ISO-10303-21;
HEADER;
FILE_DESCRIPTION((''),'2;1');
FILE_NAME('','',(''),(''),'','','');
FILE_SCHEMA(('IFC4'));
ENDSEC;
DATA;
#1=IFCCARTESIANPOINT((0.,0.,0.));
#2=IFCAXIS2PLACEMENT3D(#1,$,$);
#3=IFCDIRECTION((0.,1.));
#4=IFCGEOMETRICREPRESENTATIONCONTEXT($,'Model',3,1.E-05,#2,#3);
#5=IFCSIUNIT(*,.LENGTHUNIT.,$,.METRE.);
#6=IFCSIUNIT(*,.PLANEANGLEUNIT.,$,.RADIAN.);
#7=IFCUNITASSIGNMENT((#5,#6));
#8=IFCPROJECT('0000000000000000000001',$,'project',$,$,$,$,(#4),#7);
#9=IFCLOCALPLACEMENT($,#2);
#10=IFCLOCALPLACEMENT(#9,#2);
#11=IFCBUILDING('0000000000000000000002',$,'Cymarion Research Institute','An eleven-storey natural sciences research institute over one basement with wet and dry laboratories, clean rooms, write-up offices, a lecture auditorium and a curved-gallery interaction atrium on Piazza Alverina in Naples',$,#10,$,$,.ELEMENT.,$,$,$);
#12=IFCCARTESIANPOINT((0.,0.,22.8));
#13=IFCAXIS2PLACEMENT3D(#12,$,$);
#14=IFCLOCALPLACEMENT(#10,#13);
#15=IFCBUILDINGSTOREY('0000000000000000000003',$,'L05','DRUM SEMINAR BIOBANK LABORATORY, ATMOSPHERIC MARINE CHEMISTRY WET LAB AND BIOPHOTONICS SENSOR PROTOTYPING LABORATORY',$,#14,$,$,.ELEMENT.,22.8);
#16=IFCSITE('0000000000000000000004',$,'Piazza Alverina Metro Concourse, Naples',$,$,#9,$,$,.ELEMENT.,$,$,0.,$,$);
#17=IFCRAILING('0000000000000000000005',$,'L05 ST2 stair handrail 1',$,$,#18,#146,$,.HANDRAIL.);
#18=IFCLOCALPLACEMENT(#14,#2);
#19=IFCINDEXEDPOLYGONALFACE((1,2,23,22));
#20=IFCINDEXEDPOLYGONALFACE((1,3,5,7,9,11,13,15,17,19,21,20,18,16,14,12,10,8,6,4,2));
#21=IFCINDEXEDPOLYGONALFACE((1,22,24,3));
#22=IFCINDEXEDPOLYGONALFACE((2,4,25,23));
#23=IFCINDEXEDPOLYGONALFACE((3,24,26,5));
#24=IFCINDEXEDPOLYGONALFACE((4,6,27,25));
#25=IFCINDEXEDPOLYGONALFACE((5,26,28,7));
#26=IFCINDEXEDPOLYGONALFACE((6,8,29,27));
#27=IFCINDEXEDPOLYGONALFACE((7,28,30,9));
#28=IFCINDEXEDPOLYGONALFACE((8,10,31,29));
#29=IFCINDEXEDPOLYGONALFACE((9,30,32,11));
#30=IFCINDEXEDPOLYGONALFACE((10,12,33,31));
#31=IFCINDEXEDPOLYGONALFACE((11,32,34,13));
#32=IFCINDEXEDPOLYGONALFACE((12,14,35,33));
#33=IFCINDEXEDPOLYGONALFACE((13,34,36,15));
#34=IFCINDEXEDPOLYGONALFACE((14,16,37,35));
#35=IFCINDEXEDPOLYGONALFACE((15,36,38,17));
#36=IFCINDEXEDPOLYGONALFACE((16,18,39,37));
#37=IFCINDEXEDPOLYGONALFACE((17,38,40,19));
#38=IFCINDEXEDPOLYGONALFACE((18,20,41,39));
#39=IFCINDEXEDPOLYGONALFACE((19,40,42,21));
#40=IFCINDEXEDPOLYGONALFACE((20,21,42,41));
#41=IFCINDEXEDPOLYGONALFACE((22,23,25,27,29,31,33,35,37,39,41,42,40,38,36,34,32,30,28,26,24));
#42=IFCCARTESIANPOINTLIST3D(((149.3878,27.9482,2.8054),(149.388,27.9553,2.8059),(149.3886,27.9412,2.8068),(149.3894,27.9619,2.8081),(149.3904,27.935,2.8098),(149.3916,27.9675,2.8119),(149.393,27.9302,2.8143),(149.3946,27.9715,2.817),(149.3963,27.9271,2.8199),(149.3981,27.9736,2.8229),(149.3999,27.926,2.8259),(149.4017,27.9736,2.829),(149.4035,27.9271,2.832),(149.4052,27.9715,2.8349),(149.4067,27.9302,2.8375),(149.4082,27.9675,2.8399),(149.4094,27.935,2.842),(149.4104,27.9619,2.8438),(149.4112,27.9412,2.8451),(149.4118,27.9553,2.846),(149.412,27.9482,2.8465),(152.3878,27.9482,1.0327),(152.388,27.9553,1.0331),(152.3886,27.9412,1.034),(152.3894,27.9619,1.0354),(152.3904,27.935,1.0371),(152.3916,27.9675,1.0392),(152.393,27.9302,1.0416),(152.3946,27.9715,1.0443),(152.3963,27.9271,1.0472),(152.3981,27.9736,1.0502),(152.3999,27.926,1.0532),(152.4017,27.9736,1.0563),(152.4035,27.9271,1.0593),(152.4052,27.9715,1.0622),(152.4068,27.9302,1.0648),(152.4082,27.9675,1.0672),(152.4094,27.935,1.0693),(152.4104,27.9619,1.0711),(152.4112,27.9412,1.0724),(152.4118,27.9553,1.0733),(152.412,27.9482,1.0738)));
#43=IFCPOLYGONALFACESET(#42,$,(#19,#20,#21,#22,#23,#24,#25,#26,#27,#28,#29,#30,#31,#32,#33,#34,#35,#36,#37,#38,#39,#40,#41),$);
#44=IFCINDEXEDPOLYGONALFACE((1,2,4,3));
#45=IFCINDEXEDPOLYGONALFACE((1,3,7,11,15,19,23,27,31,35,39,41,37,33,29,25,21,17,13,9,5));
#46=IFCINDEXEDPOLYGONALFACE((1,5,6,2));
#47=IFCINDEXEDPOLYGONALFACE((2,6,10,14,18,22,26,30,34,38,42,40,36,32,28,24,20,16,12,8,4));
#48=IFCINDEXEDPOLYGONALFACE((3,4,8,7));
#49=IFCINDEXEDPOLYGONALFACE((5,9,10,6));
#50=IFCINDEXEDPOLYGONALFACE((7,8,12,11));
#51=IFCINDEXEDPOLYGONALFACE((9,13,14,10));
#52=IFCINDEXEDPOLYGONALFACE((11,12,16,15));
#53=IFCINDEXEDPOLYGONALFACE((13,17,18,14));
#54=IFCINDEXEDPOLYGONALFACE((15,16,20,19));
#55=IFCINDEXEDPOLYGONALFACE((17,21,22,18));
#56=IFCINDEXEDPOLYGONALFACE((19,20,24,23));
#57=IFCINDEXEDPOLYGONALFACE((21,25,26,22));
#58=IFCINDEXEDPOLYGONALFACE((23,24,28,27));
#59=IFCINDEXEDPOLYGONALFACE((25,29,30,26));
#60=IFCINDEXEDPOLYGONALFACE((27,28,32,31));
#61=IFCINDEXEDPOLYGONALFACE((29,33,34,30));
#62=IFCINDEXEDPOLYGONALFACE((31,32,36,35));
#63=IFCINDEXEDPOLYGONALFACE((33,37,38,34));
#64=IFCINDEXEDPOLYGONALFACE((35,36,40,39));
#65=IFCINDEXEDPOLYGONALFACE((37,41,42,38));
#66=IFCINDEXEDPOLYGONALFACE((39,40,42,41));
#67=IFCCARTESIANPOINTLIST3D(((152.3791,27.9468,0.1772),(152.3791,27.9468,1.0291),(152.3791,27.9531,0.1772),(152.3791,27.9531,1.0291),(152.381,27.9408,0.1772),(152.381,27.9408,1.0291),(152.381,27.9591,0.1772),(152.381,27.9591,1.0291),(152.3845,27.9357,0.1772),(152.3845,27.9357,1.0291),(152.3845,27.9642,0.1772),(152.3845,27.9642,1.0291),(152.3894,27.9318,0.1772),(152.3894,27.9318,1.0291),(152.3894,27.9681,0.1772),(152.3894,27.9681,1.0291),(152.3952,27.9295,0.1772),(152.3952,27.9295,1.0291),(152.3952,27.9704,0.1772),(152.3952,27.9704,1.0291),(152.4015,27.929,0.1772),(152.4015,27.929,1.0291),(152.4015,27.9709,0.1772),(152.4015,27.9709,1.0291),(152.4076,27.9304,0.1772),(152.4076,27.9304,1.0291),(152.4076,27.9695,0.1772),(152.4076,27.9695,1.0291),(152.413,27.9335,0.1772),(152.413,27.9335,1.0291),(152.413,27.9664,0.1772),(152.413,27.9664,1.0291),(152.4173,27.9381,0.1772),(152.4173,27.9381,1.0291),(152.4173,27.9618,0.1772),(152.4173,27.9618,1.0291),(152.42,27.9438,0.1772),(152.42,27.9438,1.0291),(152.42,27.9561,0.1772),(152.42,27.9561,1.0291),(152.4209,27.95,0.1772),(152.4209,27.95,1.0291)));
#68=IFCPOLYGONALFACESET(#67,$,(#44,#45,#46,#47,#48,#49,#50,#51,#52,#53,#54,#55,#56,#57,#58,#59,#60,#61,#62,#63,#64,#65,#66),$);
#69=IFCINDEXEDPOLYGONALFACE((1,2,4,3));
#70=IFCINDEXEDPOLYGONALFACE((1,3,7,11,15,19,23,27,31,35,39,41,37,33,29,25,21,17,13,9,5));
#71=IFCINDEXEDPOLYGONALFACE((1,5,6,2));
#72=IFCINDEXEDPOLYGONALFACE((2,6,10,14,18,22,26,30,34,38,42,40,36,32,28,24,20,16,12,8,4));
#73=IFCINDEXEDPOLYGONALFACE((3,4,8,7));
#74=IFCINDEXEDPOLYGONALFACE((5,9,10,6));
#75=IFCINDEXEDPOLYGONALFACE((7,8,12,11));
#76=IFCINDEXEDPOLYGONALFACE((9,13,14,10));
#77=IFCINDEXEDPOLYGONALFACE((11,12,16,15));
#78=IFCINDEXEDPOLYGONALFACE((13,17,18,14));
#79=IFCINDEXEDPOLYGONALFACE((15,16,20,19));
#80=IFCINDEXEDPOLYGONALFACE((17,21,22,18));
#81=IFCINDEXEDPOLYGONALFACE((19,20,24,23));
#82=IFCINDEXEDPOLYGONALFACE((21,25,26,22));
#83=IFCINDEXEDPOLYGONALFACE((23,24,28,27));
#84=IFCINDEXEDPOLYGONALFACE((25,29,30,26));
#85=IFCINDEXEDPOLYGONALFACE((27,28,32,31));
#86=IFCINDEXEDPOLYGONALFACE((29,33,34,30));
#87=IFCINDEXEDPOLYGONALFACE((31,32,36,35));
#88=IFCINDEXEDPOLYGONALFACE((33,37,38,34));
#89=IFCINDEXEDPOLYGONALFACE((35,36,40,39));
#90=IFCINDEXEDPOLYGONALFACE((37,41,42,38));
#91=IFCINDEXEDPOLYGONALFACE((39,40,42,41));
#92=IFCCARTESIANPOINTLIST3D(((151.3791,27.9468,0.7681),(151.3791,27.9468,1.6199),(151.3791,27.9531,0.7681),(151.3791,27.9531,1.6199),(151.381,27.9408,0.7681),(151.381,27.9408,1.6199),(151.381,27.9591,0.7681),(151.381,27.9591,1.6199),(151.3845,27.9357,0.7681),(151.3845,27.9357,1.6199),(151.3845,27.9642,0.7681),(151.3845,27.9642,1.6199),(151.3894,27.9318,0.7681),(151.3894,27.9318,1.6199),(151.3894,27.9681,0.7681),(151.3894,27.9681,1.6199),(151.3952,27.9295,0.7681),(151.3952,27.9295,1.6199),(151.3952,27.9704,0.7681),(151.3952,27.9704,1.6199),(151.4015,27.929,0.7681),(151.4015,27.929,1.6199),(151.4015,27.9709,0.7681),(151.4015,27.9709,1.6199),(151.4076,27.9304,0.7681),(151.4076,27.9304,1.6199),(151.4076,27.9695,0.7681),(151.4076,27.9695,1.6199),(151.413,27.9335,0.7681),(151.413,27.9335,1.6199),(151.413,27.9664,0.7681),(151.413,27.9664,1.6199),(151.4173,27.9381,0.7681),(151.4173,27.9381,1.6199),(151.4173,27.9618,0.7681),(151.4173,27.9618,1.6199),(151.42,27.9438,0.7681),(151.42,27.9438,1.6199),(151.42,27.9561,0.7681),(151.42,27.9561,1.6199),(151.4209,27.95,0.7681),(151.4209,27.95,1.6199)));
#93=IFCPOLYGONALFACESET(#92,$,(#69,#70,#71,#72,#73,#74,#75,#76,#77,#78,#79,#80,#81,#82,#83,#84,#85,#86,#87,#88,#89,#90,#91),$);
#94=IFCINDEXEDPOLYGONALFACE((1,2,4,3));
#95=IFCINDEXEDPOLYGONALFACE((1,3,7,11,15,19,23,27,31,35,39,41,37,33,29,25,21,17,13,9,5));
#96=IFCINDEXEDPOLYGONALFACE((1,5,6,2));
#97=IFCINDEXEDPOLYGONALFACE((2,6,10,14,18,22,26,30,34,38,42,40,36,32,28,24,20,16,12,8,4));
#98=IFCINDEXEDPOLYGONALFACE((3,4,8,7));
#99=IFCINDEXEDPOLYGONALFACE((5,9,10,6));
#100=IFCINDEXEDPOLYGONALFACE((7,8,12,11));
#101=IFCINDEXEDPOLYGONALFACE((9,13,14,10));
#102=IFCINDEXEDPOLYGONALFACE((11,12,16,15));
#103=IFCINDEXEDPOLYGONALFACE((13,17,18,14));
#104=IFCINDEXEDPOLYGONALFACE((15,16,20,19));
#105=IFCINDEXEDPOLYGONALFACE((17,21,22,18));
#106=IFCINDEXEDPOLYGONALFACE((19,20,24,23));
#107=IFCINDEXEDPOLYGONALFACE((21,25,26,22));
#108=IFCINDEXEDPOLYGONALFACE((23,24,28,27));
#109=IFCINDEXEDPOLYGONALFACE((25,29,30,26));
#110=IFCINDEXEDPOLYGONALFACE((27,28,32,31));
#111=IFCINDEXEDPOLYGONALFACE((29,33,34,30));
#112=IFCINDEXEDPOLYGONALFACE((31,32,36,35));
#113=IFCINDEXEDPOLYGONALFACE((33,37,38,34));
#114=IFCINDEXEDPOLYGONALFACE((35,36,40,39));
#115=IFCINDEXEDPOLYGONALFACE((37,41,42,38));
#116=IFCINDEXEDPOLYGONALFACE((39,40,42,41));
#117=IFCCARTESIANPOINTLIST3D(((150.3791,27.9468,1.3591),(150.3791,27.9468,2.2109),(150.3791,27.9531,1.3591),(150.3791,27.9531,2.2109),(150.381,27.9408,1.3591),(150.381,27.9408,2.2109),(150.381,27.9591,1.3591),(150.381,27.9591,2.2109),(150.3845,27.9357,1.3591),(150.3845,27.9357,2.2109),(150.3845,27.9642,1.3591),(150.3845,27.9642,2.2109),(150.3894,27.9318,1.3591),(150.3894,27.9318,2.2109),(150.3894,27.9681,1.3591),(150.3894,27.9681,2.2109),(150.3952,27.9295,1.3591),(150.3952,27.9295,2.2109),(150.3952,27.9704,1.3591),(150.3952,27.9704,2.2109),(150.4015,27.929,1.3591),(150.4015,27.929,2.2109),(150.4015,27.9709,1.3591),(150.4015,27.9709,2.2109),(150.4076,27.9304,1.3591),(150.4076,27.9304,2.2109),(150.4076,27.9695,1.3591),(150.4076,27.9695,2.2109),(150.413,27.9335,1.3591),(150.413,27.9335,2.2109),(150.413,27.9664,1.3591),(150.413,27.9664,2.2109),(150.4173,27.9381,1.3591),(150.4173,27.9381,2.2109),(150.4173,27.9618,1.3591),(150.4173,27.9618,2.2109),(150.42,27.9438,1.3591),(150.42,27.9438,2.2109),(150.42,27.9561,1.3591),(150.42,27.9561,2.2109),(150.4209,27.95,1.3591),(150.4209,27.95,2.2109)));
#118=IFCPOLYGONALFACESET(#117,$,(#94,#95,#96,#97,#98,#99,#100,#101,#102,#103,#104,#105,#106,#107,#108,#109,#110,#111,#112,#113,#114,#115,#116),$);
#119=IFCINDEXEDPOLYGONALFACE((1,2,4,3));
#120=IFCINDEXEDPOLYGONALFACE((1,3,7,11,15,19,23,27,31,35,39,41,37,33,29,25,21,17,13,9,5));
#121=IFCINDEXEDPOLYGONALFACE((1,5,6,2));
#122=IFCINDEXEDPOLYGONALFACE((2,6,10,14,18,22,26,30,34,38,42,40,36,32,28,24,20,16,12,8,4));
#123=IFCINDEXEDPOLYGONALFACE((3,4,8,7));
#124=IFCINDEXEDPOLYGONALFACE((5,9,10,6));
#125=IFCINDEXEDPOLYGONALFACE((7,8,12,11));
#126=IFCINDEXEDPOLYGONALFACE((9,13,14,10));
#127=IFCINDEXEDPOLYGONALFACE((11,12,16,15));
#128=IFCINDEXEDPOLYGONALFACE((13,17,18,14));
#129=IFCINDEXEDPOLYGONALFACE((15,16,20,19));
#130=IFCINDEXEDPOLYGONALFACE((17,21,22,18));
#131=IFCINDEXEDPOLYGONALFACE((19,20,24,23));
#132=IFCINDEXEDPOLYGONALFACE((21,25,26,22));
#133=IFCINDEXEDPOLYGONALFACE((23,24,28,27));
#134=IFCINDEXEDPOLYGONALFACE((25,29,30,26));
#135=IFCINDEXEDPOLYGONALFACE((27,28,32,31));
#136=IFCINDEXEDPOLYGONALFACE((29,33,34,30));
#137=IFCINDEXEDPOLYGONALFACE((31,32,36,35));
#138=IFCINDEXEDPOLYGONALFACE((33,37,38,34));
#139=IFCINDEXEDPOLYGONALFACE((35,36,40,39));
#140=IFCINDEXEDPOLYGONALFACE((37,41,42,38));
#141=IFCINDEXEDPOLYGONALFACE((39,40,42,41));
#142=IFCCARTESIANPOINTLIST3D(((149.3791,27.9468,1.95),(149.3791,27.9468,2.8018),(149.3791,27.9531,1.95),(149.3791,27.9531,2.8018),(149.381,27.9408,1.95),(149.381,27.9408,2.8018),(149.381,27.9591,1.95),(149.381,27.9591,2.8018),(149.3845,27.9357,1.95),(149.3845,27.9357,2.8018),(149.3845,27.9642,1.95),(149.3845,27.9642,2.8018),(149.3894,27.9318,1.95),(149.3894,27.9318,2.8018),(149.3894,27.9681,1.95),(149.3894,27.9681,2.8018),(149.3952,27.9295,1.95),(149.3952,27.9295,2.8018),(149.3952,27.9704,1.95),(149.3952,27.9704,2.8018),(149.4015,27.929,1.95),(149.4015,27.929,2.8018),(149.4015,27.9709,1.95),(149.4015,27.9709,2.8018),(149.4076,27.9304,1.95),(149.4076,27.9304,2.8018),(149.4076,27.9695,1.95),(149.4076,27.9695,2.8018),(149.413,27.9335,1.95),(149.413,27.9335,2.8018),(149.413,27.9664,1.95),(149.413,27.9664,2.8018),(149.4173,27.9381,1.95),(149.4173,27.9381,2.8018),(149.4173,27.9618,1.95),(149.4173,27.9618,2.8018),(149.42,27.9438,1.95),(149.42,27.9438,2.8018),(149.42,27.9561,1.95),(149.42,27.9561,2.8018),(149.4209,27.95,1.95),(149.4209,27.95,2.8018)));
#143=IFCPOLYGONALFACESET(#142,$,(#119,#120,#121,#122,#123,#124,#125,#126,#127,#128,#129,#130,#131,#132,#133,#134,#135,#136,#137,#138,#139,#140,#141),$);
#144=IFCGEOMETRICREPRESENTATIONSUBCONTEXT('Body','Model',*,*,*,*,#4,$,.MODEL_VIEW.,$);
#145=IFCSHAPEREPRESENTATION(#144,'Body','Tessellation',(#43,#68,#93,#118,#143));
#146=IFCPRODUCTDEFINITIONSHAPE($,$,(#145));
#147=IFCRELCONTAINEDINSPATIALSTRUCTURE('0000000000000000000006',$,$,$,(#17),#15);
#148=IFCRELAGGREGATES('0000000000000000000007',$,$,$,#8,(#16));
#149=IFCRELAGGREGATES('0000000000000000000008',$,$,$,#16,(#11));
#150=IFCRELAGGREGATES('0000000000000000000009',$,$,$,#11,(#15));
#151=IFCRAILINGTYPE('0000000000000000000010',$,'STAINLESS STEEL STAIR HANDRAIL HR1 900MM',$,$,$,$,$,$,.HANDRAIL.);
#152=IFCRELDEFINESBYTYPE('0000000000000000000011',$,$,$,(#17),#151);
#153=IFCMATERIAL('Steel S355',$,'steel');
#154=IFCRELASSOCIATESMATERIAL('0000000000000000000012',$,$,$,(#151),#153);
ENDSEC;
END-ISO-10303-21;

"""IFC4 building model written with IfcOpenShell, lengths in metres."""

from ifc_helpers import new_model, si_unit, direction, frame, origin, origin_2d, place, context, subcontext, project, spatial, circle, extrude, material, type_object, element, save


model = new_model("IFC4")

# Units and contexts
model_context = context("Model", 3, precision=1e-05, world=origin(), true_north=direction((0.0, 1.0)))
body_context = subcontext(model_context, "Body", "Model", "MODEL_VIEW")
ifc_project = project(units=[si_unit("LENGTHUNIT", "METRE"), si_unit("PLANEANGLEUNIT", "RADIAN")], contexts=[model_context])

# Site, building, storey
site_placement = place(None, origin())
site = spatial("IfcSite", under=ifc_project, at=site_placement, Name="Piazza Alverina Metro Concourse, Naples", CompositionType="ELEMENT", RefElevation=0.0)
building_placement = place(site_placement, origin())
building = spatial("IfcBuilding", under=site, at=building_placement, Name="Cymarion Research Institute", Description="An eleven-storey natural sciences research institute over one basement with wet and dry laboratories, clean rooms, write-up offices, a lecture auditorium and a curved-gallery interaction atrium on Piazza Alverina in Naples", CompositionType="ELEMENT")
storey_placement = place(building_placement, frame((0.0, 0.0, 22.8)))
storey = spatial("IfcBuildingStorey", under=building, at=storey_placement, Name="L05", Description="DRUM SEMINAR BIOBANK LABORATORY, ATMOSPHERIC MARINE CHEMISTRY WET LAB AND BIOPHOTONICS SENSOR PROTOTYPING LABORATORY", CompositionType="ELEMENT", Elevation=22.8)

# Shared definitions
ifc_material_1 = material(Name="Steel S355", Category="steel")

# Railing
railing_type_1 = type_object("IfcRailingType", Name="STAINLESS STEEL STAIR HANDRAIL HR1 900MM", PredefinedType="HANDRAIL", material=ifc_material_1)
railing_1_placement = place(storey_placement, frame((152.3999, 27.95, 0.1772)))
element("IfcRailing", 1, at=railing_1_placement, inside=storey, type_object=railing_type_1, Name="L05 ST2 stair handrail 1", PredefinedType="HANDRAIL", context=body_context, shape_type="SweptSolid", body=[
    extrude(circle(Radius=0.0239, at=origin_2d()), frame((0.0, 0.0, 0.876), z_axis=(-0.860929, 0.0, 0.508725), x_axis=(0.0, -1.0, 0.0)), (0.0, 0.0, 1.0), 3.4846),
    extrude(circle(Radius=0.021, at=origin_2d()), origin(), (0.0, 0.0, 1.0), 0.8518),
    extrude(circle(Radius=0.021, at=origin_2d()), frame((-1.0, 0.0, 0.5908)), (0.0, 0.0, 1.0), 0.8518),
    extrude(circle(Radius=0.021, at=origin_2d()), frame((-2.0, 0.0, 1.1819)), (0.0, 0.0, 1.0), 0.8518),
    extrude(circle(Radius=0.021, at=origin_2d()), frame((-3.0, 0.0, 1.7727)), (0.0, 0.0, 1.0), 0.8518),
])

save(model, "model.ifc")
